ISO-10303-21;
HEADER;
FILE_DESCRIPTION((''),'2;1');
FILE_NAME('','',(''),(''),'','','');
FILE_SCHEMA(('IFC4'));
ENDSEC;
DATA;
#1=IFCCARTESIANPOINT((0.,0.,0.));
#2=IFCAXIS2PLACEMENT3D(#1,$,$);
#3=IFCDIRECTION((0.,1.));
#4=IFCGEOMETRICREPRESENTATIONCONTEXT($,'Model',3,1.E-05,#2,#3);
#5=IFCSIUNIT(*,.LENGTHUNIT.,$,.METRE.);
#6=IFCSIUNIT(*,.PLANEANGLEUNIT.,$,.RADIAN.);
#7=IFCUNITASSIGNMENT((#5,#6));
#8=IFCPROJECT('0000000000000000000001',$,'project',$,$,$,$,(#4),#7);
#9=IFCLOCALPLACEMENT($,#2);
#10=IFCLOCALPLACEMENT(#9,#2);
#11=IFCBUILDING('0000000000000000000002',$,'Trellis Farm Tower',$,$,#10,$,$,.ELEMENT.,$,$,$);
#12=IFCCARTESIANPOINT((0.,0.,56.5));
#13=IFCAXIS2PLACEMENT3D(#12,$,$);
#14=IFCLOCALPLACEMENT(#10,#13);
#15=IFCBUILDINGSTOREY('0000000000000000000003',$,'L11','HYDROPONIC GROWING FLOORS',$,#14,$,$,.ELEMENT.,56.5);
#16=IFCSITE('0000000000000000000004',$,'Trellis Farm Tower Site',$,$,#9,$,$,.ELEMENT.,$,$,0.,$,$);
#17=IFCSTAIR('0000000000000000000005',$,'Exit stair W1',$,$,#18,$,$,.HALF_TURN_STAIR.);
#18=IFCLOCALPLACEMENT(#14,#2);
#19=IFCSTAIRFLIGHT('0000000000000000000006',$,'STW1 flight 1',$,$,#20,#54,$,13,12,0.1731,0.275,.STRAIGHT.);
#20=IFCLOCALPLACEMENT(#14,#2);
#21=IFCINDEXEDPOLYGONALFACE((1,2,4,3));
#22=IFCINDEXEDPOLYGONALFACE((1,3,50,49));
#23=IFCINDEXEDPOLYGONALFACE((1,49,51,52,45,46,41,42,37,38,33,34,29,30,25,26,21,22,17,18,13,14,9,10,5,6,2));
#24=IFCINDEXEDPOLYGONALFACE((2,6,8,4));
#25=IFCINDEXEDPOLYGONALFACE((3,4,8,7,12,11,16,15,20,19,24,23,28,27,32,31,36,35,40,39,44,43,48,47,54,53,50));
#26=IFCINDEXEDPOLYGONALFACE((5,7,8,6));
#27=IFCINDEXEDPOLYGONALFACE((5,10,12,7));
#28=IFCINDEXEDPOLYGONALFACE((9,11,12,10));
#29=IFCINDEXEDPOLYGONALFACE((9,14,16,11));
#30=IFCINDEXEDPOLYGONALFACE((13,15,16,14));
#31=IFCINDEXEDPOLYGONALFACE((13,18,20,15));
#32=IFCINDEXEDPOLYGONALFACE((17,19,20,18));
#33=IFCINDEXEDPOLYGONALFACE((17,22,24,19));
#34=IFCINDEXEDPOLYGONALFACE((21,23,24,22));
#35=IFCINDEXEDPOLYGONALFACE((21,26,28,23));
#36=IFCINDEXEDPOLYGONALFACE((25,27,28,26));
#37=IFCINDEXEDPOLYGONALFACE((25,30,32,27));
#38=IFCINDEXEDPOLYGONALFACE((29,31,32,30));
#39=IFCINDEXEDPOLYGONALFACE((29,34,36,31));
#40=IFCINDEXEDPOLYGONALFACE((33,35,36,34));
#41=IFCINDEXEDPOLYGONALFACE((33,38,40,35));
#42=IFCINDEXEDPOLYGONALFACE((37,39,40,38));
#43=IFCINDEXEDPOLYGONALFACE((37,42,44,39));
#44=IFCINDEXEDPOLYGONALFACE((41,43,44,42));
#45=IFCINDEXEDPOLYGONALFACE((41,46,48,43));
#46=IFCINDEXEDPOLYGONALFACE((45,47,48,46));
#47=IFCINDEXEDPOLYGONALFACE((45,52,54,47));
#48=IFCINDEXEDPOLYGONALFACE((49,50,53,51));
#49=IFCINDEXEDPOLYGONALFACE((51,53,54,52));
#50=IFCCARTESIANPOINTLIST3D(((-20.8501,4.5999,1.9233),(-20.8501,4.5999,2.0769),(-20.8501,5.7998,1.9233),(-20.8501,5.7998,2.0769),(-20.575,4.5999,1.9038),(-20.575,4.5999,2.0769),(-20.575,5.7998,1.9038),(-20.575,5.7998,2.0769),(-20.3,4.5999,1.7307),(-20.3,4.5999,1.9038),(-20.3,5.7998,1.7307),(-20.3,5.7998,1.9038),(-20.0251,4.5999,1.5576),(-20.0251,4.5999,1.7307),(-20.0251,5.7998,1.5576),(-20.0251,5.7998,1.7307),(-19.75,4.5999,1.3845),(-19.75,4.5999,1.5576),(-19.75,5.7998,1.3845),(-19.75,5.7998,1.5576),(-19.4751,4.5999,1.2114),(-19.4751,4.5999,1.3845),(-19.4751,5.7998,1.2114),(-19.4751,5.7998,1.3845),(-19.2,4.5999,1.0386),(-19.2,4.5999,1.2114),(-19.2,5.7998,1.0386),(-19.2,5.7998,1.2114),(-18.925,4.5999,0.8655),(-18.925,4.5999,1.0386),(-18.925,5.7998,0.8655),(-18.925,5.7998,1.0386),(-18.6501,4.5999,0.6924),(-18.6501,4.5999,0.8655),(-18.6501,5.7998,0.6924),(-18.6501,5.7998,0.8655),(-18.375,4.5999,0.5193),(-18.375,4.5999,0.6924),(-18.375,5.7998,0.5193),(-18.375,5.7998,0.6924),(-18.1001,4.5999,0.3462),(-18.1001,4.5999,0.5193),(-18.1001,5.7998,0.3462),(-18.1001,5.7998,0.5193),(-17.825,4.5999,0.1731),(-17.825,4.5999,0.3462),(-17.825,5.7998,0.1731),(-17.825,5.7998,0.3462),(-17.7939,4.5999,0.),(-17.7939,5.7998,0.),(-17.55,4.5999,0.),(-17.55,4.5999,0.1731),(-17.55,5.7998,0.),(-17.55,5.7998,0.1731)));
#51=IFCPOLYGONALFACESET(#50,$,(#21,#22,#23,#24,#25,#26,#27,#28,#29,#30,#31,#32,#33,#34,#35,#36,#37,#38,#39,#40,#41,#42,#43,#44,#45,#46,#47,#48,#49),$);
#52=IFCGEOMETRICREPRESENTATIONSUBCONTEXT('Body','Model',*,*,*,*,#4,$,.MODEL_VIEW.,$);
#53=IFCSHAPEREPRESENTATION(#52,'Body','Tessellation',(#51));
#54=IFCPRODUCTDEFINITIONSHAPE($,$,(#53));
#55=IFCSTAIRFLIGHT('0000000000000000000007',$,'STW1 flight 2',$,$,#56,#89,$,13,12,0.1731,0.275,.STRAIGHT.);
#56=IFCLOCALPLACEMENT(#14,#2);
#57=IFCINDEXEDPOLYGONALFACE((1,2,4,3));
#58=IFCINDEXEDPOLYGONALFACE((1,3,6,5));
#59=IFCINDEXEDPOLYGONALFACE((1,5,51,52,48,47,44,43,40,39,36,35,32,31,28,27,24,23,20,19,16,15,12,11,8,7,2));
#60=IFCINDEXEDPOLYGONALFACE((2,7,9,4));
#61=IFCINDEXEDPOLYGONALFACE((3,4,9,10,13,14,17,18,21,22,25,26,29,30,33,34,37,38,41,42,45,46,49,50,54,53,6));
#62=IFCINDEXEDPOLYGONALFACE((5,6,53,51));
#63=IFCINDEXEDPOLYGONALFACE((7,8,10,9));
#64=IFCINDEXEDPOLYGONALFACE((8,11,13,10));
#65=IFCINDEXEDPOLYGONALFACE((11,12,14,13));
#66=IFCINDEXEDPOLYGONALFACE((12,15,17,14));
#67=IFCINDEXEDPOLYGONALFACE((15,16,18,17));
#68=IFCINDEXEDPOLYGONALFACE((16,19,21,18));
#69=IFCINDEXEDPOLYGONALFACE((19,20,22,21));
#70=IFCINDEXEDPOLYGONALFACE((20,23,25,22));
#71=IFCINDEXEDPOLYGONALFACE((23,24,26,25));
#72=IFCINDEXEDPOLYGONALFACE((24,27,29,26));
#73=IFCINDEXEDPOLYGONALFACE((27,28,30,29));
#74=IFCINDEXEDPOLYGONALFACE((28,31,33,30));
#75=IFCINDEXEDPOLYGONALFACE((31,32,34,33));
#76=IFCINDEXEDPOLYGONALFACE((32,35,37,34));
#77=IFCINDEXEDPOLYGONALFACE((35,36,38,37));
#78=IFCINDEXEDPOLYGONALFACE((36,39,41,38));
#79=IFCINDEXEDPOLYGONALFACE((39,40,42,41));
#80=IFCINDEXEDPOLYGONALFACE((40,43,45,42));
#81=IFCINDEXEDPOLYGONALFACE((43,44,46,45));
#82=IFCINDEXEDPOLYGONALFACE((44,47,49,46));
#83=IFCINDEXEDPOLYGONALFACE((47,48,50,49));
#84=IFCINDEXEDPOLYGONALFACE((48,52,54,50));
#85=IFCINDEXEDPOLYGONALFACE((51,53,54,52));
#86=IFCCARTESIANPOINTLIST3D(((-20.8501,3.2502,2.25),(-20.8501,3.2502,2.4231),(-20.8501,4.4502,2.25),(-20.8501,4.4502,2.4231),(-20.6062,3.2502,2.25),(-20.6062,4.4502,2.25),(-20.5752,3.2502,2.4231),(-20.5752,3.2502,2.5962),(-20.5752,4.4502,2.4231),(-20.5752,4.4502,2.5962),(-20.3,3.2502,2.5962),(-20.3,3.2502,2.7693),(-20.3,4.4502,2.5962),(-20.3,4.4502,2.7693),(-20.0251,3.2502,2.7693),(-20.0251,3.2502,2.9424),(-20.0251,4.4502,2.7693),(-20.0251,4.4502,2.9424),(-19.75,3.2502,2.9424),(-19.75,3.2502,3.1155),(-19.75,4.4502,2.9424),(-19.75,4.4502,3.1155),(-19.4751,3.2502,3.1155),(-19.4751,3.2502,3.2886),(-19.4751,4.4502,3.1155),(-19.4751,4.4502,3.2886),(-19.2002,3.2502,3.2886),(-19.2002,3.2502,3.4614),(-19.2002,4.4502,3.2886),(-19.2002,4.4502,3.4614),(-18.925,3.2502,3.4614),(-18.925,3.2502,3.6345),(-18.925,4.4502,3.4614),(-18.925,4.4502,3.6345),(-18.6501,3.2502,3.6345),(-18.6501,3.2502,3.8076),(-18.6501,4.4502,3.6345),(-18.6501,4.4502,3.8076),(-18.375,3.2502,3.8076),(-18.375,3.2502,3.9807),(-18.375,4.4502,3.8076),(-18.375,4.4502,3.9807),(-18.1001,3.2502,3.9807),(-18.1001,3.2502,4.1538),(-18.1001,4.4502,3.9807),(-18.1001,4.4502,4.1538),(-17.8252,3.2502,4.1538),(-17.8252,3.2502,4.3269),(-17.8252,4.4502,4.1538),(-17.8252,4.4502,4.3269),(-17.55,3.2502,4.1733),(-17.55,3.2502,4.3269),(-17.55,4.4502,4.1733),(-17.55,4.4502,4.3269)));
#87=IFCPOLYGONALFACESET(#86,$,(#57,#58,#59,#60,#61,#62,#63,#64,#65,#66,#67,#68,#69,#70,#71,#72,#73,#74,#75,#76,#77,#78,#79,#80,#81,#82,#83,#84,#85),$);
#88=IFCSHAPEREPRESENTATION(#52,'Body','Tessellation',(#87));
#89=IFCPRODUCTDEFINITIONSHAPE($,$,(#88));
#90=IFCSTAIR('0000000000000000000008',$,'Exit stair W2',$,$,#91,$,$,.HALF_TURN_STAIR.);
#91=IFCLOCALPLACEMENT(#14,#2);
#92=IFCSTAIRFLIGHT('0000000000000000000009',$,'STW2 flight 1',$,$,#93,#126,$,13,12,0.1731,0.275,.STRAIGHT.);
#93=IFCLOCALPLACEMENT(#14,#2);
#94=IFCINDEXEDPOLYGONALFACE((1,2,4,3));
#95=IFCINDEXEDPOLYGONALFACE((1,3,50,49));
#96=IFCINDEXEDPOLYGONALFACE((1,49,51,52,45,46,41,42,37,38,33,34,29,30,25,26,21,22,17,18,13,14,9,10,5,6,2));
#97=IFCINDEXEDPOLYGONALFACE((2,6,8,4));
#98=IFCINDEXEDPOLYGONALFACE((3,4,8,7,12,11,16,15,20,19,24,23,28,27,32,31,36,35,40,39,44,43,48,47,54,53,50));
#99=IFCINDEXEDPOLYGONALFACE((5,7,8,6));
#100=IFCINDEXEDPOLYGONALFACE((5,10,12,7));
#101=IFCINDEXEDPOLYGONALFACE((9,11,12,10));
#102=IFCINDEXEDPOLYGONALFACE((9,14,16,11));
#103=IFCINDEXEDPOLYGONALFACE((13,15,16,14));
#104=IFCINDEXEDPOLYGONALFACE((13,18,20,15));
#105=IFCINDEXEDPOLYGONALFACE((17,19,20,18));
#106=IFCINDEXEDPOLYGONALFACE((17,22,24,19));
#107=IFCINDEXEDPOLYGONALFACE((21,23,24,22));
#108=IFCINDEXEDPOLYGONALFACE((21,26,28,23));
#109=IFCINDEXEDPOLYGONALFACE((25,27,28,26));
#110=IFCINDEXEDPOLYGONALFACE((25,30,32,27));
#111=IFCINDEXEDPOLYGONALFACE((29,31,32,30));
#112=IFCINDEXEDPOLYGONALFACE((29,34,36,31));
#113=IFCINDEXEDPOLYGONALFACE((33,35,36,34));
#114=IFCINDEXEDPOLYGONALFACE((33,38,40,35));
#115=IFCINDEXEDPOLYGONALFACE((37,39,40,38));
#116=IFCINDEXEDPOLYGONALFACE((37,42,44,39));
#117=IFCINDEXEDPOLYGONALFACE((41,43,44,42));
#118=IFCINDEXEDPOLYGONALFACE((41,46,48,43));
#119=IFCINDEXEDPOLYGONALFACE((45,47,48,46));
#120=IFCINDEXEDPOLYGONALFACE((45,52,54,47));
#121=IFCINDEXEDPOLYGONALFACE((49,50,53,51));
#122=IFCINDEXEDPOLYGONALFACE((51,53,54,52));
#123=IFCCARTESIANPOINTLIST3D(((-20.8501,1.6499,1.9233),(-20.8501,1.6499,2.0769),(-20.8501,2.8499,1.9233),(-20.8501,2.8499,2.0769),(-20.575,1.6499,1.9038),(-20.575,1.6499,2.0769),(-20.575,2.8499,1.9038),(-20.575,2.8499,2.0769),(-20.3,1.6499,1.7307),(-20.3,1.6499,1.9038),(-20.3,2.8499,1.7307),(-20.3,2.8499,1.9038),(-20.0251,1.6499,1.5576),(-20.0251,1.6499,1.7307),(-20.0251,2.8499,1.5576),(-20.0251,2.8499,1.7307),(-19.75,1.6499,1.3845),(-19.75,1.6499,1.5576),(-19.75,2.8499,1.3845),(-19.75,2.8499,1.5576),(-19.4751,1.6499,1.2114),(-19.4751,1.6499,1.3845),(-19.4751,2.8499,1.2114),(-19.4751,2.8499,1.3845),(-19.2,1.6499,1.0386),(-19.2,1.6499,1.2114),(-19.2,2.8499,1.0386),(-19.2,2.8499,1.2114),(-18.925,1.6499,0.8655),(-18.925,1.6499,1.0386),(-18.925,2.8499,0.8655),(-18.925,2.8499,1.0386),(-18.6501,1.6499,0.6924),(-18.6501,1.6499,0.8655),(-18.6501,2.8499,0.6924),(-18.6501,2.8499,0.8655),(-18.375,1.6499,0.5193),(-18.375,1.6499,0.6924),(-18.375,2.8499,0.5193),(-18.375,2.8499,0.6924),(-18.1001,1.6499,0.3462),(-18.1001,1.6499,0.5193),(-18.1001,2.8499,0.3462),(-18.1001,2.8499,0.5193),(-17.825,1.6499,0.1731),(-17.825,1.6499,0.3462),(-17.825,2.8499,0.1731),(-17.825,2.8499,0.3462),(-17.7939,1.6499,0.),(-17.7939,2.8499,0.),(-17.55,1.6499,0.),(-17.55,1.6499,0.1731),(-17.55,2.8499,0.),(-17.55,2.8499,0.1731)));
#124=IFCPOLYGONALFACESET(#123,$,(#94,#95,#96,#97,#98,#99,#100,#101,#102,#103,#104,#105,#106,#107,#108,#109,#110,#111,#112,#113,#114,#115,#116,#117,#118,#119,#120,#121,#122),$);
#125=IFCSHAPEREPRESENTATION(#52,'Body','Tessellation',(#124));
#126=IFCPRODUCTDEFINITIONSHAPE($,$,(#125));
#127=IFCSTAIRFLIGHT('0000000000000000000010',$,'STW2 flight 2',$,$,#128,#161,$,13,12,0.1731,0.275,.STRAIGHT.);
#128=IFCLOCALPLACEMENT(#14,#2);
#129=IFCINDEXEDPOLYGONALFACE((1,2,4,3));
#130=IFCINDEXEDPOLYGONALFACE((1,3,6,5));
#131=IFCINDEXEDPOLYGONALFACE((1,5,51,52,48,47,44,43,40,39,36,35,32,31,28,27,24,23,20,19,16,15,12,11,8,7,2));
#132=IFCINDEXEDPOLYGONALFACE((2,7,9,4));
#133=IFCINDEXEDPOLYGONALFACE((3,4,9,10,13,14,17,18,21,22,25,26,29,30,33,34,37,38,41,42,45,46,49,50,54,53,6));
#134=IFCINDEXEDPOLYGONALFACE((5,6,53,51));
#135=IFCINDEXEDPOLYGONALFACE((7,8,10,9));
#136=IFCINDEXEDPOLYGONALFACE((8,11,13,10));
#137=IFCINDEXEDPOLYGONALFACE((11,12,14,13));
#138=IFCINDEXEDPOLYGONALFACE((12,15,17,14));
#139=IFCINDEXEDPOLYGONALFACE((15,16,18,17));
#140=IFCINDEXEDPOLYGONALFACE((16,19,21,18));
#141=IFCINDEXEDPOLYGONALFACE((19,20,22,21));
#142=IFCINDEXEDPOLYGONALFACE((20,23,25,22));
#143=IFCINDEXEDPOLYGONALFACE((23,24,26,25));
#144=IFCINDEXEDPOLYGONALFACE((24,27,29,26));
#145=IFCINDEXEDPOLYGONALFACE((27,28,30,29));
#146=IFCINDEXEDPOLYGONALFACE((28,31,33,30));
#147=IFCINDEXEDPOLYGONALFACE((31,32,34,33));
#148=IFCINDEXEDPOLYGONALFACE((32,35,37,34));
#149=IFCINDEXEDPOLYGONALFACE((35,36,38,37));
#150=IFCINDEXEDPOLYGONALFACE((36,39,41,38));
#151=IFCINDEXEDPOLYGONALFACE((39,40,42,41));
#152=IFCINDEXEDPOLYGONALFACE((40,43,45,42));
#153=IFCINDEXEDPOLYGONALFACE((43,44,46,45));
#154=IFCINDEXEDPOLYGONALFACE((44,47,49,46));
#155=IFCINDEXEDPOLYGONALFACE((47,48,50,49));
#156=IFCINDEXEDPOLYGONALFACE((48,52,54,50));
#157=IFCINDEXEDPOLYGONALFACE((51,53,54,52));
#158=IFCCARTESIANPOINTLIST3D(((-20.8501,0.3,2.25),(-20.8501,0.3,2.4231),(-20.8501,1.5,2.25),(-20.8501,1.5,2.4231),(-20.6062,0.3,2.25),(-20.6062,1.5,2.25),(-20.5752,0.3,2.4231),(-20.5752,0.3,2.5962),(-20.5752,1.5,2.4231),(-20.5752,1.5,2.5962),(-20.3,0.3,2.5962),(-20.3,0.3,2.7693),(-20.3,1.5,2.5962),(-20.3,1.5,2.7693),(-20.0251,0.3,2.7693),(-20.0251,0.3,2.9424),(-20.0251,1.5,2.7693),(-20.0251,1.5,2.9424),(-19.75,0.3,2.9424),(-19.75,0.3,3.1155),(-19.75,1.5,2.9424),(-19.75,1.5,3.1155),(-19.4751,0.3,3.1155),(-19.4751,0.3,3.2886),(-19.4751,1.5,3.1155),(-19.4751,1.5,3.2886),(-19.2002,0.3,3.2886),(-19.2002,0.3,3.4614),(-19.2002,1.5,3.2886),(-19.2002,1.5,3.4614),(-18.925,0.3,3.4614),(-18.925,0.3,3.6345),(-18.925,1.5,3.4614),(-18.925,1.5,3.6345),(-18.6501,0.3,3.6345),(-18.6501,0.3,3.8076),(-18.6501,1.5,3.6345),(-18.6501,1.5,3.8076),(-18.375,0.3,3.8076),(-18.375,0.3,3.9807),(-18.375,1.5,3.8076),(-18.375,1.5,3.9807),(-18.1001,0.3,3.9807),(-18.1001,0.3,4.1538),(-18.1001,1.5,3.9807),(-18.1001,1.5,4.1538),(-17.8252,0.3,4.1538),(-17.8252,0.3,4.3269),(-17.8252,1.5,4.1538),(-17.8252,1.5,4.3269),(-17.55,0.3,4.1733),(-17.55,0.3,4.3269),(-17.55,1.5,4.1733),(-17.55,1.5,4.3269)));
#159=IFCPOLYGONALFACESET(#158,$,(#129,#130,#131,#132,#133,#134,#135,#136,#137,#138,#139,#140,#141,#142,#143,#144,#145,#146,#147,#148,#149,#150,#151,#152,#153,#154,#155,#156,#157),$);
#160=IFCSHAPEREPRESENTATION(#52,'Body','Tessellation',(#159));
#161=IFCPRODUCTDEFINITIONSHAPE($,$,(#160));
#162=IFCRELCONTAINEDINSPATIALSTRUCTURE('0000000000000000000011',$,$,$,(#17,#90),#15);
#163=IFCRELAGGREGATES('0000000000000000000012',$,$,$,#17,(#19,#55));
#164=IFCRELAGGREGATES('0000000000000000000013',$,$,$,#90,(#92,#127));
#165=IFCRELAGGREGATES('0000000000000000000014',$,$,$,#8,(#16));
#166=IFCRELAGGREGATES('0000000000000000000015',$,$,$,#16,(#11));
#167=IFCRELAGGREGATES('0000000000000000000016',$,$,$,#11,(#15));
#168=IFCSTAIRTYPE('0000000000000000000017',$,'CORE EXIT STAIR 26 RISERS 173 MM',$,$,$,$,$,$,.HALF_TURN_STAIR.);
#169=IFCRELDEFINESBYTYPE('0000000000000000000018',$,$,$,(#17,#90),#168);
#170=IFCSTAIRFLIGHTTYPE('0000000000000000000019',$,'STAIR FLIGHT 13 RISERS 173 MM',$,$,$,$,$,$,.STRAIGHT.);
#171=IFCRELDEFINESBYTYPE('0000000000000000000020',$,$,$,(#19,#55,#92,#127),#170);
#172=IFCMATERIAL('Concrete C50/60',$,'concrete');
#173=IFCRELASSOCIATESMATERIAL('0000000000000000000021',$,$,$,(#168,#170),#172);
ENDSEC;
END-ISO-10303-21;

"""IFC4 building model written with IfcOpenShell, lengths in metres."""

from ifc_helpers import new_model, si_unit, direction, frame, origin, place, context, subcontext, project, spatial, polyline, outline, extrude, source, transform, mapped, material, type_object, element, aggregate, save


model = new_model("IFC4")

# Units and contexts
model_context = context("Model", 3, precision=1e-05, world=origin(), true_north=direction((0.0, 1.0)))
body_context = subcontext(model_context, "Body", "Model", "MODEL_VIEW")
ifc_project = project(units=[si_unit("LENGTHUNIT", "METRE"), si_unit("PLANEANGLEUNIT", "RADIAN")], contexts=[model_context])

# Site, building, storey
site_placement = place(None, origin())
site = spatial("IfcSite", under=ifc_project, at=site_placement, Name="Trellis Farm Tower Site", CompositionType="ELEMENT", RefElevation=0.0)
building_placement = place(site_placement, origin())
building = spatial("IfcBuilding", under=site, at=building_placement, Name="Trellis Farm Tower", CompositionType="ELEMENT")
storey_placement = place(building_placement, frame((0.0, 0.0, 56.5)))
storey = spatial("IfcBuildingStorey", under=building, at=storey_placement, Name="L11", Description="HYDROPONIC GROWING FLOORS", CompositionType="ELEMENT", Elevation=56.5)

# Shared definitions
placement = place(storey_placement, origin())

# Stairs, stair flights
ifc_material_1 = material(Name="Concrete C50/60", Category="concrete")
stair_type = type_object("IfcStairType", Name="CORE EXIT STAIR 26 RISERS 173 MM", PredefinedType="HALF_TURN_STAIR", material=ifc_material_1)
stair_1 = element("IfcStair", 1, at=placement, inside=storey, type_object=stair_type, Name="Exit stair W1", PredefinedType="HALF_TURN_STAIR")
stair_flight_type = type_object("IfcStairFlightType", Name="STAIR FLIGHT 13 RISERS 173 MM", PredefinedType="STRAIGHT", material=ifc_material_1)
shared_shape_1 = source(origin(), body_context, "Body", "SweptSolid", [
    extrude(outline(polyline([(0.0, 0.0), (0.0, 0.1731), (0.2749, 0.1731), (0.2749, 0.3462), (0.55, 0.3462), (0.55, 0.5193), (0.825, 0.5193), (0.825, 0.6924), (1.1001, 0.6924), (1.1001, 0.8655), (1.375, 0.8655), (1.375, 1.0386), (1.6499, 1.0386), (1.6499, 1.2114), (1.925, 1.2114), (1.925, 1.3845), (2.2, 1.3845), (2.2, 1.5576), (2.4751, 1.5576), (2.4751, 1.7307), (2.75, 1.7307), (2.75, 1.9038), (3.0249, 1.9038), (3.0249, 2.0769), (3.3, 2.0769), (3.3, 2.25), (3.3, 1.9233), (0.2439, 0.0), (0.0, 0.0)])), frame((0.0, 0.6001, 0.0), z_axis=(0.0, -1.0, 0.0), x_axis=(1.0, 0.0, 0.0)), (0.0, 0.0, 1.0), 1.2),
])
stair_flight_1_placement = place(storey_placement, frame((-17.55, 5.2, 0.0), z_axis=(0.0, 0.0, 1.0), x_axis=(-1.0, 0.0, 0.0)))
stair_flight_1 = element("IfcStairFlight", 2, at=stair_flight_1_placement, type_object=stair_flight_type, Name="STW1 flight 1", NumberOfRisers=13, NumberOfTreads=12, PredefinedType="STRAIGHT", RiserHeight=0.1731, TreadLength=0.275, context=body_context, shape_type="MappedRepresentation", body=[
    mapped(shared_shape_1, transform((0.0, 0.0, 0.0))),
])
stair_flight_2_placement = place(storey_placement, frame((-20.8501, 3.8501, 2.25), z_axis=(0.0, 0.0, 1.0), x_axis=(1.0, 0.0, 0.0)))
stair_flight_2 = element("IfcStairFlight", 3, at=stair_flight_2_placement, type_object=stair_flight_type, Name="STW1 flight 2", NumberOfRisers=13, NumberOfTreads=12, PredefinedType="STRAIGHT", RiserHeight=0.1731, TreadLength=0.275, context=body_context, shape_type="MappedRepresentation", body=[
    mapped(shared_shape_1, transform((0.0, 0.0, 0.0))),
])
aggregate(stair_1, [stair_flight_1, stair_flight_2])
stair_2 = element("IfcStair", 4, at=placement, inside=storey, type_object=stair_type, Name="Exit stair W2", PredefinedType="HALF_TURN_STAIR")
stair_flight_3_placement = place(storey_placement, frame((-17.55, 2.25, 0.0), z_axis=(0.0, 0.0, 1.0), x_axis=(-1.0, 0.0, 0.0)))
stair_flight_3 = element("IfcStairFlight", 5, at=stair_flight_3_placement, type_object=stair_flight_type, Name="STW2 flight 1", NumberOfRisers=13, NumberOfTreads=12, PredefinedType="STRAIGHT", RiserHeight=0.1731, TreadLength=0.275, context=body_context, shape_type="MappedRepresentation", body=[
    mapped(shared_shape_1, transform((0.0, 0.0, 0.0))),
])
stair_flight_4_placement = place(storey_placement, frame((-20.8501, 0.8999, 2.25), z_axis=(0.0, 0.0, 1.0), x_axis=(1.0, 0.0, 0.0)))
stair_flight_4 = element("IfcStairFlight", 6, at=stair_flight_4_placement, type_object=stair_flight_type, Name="STW2 flight 2", NumberOfRisers=13, NumberOfTreads=12, PredefinedType="STRAIGHT", RiserHeight=0.1731, TreadLength=0.275, context=body_context, shape_type="MappedRepresentation", body=[
    mapped(shared_shape_1, transform((0.0, 0.0, 0.0))),
])
aggregate(stair_2, [stair_flight_3, stair_flight_4])

save(model, "model.ifc")
